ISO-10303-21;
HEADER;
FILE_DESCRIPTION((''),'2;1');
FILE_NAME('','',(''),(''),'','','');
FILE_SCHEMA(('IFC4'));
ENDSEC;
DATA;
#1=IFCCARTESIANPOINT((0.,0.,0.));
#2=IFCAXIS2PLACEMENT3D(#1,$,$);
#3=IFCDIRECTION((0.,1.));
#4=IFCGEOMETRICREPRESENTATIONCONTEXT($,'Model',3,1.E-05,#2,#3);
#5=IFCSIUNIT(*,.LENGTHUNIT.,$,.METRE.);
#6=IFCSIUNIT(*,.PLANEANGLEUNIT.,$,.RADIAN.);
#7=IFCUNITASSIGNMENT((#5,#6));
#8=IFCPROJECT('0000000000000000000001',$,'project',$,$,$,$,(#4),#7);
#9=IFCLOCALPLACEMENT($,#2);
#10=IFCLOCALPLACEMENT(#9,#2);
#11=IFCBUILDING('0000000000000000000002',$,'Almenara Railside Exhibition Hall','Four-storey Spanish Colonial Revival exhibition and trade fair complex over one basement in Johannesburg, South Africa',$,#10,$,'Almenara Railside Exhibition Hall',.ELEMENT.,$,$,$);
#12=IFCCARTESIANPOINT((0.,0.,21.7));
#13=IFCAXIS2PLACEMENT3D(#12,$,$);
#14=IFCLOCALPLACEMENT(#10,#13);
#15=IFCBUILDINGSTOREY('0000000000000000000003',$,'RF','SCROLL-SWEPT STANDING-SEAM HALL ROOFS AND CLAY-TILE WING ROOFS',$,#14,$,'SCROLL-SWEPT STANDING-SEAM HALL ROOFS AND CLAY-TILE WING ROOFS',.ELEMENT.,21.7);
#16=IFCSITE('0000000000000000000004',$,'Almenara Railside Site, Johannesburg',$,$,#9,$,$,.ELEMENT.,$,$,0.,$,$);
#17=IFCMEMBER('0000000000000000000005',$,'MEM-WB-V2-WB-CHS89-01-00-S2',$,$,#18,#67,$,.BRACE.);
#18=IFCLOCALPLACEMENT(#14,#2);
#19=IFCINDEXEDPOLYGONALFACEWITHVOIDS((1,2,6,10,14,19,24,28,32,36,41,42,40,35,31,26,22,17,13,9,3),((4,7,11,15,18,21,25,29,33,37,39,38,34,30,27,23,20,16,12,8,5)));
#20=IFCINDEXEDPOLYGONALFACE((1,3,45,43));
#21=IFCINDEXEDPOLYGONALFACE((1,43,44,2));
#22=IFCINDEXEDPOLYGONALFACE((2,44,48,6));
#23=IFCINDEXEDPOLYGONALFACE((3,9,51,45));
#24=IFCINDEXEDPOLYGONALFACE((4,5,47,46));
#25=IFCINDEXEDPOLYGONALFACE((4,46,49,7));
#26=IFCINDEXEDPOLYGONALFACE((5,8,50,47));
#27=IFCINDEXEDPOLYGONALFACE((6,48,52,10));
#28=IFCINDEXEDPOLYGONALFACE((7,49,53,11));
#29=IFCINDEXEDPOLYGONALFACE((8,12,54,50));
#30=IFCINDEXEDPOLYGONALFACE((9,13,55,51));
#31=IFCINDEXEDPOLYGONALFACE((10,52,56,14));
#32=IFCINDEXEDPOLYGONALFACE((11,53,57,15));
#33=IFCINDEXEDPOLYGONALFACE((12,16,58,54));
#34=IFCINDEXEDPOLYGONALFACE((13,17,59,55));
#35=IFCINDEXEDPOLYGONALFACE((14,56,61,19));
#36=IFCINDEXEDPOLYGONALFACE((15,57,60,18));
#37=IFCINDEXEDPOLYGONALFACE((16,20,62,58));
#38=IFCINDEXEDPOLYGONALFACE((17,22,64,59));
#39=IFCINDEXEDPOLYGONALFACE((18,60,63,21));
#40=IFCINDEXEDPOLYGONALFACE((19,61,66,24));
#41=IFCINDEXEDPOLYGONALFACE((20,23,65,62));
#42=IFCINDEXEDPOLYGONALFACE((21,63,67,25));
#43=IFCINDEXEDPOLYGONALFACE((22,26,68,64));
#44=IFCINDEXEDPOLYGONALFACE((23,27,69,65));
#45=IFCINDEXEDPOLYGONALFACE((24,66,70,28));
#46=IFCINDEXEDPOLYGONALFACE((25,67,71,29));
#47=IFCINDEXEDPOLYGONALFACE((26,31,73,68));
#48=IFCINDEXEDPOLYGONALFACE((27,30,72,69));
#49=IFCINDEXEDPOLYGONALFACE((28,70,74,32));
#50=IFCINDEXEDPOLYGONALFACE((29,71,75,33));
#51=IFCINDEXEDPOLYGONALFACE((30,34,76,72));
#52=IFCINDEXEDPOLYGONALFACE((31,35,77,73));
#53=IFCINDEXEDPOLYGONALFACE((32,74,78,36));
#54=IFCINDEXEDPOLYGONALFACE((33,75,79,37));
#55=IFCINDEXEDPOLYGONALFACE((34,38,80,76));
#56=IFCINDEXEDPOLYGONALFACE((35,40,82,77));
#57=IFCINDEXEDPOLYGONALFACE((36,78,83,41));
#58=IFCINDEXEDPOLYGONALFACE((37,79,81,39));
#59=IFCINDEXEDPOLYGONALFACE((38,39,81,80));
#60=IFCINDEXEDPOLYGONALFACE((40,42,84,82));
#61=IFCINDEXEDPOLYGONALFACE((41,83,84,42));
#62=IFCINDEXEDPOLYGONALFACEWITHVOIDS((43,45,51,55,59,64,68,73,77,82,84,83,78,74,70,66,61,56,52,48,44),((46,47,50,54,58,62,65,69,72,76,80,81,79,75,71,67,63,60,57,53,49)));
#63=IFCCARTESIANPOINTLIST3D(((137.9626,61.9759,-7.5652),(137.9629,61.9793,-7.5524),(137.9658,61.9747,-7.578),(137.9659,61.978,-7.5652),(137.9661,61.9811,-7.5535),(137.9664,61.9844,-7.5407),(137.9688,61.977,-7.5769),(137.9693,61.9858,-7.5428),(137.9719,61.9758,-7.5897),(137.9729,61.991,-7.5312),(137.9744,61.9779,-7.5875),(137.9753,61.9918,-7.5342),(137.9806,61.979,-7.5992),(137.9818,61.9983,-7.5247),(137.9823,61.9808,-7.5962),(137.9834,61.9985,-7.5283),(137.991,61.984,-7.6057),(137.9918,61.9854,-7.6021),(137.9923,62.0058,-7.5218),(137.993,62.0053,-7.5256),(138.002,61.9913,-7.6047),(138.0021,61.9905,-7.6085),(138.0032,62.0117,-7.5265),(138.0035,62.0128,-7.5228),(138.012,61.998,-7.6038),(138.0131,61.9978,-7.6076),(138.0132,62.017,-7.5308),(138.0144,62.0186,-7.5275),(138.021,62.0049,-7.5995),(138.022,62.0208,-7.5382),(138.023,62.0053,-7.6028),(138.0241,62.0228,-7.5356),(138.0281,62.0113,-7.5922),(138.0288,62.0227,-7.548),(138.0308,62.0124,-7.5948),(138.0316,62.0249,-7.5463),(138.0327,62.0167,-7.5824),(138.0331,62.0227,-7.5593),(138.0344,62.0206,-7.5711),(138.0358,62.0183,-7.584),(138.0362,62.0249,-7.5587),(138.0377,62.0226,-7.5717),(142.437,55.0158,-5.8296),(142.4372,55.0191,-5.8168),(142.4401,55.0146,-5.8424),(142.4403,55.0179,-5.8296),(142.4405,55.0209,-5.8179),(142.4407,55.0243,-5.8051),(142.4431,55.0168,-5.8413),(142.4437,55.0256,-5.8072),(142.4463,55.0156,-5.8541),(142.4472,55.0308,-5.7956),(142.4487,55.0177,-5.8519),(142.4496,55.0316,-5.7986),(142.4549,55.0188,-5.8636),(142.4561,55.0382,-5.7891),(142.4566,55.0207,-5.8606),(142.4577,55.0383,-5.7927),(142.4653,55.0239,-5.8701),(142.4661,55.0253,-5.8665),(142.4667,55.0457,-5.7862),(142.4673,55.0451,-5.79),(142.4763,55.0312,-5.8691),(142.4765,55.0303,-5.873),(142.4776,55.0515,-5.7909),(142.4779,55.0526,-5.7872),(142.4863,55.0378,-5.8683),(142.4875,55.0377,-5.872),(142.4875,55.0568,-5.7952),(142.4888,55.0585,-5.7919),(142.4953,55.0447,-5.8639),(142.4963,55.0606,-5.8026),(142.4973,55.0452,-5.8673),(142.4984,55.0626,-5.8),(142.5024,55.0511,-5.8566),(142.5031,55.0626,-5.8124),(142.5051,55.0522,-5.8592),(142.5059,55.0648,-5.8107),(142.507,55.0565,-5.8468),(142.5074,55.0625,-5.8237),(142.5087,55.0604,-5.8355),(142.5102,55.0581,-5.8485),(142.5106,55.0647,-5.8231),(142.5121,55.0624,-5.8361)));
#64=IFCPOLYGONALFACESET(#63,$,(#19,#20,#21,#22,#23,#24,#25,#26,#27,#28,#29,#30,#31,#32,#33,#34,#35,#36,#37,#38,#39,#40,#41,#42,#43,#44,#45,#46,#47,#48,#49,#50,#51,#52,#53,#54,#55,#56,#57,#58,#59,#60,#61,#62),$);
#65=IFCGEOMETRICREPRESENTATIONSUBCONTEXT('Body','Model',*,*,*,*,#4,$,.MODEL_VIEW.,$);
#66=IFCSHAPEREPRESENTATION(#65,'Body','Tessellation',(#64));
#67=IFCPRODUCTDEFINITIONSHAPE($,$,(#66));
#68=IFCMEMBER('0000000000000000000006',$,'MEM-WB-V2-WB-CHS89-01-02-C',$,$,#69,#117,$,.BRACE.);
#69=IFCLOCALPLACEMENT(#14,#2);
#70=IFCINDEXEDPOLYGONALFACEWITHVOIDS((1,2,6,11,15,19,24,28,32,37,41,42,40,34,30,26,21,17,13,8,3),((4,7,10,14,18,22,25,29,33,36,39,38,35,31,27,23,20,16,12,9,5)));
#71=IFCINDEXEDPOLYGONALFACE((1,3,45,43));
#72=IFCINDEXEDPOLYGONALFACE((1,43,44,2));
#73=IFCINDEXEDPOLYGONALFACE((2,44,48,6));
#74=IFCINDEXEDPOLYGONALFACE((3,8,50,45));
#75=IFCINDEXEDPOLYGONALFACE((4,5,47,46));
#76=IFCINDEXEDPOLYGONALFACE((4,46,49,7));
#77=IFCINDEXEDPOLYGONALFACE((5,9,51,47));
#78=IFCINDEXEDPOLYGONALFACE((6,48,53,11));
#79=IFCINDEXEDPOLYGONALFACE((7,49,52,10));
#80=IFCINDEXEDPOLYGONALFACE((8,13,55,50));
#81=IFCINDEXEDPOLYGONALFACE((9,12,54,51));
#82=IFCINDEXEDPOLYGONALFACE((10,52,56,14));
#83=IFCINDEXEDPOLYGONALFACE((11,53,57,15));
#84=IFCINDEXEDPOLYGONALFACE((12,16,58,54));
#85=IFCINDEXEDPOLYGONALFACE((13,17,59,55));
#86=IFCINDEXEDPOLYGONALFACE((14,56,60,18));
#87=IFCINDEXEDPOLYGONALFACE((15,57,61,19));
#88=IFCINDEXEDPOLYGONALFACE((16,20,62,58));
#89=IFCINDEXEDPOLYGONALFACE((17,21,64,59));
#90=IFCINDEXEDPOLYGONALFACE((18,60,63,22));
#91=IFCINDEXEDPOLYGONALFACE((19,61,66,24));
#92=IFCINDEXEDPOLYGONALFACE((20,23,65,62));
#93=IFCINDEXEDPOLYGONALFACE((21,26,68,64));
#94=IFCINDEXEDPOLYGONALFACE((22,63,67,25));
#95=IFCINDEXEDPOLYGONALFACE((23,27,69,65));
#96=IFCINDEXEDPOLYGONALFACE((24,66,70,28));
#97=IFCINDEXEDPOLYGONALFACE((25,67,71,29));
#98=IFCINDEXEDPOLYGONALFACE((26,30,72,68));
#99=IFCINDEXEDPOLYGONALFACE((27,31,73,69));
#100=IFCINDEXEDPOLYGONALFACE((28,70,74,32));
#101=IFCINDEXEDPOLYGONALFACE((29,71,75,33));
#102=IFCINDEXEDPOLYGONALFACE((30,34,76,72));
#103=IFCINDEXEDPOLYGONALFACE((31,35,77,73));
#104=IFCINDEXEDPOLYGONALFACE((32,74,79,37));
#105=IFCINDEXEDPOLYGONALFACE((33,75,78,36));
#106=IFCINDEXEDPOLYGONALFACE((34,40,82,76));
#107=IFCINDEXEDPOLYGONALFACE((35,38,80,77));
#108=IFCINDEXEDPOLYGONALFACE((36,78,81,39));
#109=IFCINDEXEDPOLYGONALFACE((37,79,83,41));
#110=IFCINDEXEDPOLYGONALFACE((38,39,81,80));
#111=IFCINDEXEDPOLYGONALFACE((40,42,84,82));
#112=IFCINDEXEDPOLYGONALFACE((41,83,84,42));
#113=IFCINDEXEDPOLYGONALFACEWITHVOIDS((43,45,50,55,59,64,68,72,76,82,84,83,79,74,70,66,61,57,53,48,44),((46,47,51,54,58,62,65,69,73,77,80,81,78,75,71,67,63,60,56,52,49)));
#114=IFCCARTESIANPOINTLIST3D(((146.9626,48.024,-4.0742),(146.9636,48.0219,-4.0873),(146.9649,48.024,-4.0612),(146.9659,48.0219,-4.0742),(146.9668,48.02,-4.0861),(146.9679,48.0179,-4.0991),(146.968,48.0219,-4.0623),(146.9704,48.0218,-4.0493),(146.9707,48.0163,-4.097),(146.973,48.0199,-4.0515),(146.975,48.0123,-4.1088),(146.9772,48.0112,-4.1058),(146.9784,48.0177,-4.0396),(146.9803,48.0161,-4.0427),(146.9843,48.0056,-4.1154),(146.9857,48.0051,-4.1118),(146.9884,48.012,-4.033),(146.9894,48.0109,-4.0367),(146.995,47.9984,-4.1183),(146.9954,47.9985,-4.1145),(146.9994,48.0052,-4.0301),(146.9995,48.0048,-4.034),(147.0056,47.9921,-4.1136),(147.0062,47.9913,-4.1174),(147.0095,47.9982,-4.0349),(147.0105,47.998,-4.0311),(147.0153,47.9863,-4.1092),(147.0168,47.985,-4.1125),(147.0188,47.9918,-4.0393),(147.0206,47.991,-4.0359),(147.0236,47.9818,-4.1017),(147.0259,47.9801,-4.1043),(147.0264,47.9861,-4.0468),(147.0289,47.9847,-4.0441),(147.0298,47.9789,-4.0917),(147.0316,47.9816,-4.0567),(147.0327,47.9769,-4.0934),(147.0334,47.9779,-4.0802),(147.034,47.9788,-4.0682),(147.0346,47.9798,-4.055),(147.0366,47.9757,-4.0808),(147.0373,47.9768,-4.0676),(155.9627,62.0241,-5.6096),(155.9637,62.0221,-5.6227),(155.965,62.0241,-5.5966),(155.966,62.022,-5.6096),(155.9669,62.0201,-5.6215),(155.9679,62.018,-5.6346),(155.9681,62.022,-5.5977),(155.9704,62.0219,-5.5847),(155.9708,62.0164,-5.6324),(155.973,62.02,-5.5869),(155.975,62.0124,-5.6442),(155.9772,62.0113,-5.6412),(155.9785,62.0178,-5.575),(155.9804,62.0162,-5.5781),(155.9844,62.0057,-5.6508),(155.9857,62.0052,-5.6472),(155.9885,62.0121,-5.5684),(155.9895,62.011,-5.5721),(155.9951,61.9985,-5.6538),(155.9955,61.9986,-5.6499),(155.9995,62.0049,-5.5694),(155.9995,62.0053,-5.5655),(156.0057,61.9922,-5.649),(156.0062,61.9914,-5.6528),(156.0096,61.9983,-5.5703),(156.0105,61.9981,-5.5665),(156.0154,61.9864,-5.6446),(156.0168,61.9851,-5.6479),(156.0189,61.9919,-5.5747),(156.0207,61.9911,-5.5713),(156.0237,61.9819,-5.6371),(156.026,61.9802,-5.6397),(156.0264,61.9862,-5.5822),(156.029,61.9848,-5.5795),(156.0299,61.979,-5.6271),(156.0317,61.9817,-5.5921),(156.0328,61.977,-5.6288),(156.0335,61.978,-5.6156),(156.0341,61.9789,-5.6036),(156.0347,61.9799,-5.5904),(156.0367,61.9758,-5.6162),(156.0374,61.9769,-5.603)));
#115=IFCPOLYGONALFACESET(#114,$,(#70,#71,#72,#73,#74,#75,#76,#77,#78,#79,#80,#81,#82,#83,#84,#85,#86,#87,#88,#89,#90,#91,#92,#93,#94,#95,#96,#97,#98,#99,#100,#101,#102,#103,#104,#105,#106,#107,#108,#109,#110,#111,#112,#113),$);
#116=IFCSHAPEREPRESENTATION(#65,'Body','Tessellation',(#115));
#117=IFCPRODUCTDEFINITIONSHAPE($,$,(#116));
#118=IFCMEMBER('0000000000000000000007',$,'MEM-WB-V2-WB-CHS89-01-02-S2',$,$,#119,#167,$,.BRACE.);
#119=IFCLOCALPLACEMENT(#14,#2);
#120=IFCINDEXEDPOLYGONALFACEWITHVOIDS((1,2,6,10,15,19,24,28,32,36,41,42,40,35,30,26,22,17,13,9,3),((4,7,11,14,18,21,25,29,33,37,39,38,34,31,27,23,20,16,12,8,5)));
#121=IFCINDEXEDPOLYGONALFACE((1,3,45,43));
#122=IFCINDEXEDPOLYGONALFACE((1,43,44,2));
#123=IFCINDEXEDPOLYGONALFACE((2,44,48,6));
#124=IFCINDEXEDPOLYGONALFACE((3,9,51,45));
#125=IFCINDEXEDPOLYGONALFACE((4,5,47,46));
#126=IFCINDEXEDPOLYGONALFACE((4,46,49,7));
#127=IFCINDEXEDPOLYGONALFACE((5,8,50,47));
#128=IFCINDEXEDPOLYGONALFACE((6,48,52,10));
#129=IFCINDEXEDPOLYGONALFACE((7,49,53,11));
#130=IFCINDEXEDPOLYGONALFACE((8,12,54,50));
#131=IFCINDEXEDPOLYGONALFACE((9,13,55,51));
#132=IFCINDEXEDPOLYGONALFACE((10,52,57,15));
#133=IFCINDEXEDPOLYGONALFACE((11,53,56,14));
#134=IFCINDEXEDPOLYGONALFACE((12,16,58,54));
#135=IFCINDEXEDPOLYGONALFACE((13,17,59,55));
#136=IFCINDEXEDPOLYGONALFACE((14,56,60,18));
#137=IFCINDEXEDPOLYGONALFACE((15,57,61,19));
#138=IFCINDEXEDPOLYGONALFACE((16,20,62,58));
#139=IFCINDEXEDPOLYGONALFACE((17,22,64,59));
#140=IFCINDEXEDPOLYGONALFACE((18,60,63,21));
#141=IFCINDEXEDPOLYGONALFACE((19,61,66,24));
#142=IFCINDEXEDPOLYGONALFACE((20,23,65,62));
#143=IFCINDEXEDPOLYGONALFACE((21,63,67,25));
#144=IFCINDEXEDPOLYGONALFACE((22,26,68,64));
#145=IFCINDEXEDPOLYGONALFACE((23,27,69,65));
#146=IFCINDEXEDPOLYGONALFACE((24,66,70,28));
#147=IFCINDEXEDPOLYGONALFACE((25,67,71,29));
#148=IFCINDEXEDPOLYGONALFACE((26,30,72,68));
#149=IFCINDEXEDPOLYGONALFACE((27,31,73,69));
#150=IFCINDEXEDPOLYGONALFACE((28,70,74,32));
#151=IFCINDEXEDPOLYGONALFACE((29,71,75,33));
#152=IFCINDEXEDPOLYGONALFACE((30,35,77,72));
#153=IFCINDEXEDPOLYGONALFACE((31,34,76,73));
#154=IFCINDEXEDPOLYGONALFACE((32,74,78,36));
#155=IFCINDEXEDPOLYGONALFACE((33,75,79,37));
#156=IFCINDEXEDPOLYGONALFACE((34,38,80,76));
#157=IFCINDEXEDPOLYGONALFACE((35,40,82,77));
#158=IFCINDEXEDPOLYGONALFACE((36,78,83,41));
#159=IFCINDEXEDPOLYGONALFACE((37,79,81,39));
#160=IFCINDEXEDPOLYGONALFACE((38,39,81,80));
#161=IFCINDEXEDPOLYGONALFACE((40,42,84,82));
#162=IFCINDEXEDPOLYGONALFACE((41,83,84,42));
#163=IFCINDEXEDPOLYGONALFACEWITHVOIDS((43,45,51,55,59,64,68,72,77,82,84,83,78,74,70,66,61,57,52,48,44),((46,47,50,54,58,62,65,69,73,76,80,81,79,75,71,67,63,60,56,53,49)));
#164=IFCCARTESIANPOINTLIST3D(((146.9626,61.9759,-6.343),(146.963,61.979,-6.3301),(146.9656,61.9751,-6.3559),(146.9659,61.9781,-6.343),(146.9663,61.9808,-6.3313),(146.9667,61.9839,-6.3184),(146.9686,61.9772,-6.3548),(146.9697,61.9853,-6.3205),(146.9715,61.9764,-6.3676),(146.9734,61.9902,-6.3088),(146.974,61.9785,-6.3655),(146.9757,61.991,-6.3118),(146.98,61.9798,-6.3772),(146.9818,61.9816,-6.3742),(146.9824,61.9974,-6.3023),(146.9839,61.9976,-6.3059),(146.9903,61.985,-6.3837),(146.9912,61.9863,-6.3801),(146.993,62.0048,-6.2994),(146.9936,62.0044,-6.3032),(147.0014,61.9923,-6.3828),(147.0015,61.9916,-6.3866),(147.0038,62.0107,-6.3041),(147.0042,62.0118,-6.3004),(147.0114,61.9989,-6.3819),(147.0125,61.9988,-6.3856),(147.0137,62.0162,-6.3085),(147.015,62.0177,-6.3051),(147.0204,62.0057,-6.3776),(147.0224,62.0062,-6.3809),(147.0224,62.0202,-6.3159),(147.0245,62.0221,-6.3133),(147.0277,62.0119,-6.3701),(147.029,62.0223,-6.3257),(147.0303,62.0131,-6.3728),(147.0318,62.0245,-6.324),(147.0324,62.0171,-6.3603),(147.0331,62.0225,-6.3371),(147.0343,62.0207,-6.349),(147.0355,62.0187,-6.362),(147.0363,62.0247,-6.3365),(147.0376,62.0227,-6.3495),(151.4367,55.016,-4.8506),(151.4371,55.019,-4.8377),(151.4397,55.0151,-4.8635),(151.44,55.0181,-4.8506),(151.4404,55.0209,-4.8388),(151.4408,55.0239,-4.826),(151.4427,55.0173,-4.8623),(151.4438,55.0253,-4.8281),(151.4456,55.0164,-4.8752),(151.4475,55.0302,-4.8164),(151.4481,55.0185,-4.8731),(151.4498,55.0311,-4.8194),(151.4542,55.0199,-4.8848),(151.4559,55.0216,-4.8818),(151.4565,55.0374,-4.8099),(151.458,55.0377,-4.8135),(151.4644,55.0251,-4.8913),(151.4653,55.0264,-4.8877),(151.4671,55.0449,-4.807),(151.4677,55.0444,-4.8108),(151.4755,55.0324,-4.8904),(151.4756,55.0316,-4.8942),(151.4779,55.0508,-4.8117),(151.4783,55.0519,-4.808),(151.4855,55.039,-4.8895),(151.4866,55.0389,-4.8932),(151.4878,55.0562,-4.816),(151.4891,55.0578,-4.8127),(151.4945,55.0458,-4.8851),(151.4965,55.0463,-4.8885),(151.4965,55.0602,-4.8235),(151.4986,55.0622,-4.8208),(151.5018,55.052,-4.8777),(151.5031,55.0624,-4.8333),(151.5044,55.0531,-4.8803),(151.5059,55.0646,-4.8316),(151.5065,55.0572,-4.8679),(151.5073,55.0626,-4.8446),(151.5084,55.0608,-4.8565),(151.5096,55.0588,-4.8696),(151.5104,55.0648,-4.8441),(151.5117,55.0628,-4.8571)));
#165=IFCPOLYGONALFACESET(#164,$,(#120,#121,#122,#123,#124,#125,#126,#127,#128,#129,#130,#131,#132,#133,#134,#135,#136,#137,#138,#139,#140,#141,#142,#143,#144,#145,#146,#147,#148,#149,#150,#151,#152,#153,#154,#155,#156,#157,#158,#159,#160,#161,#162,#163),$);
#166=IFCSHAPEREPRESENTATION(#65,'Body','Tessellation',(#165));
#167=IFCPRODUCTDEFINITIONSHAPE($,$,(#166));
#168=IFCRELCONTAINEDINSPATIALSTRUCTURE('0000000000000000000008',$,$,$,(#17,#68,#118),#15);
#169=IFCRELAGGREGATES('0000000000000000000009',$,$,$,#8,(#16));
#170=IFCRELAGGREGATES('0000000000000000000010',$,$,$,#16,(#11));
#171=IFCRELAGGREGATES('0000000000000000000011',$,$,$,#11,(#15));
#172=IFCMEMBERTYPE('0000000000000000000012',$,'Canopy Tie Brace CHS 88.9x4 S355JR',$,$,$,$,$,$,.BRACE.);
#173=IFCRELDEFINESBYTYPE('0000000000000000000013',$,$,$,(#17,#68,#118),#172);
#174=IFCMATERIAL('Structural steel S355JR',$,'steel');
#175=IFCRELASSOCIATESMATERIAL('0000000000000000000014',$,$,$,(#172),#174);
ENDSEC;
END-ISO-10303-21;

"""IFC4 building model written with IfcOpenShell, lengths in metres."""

from ifc_helpers import new_model, si_unit, direction, frame, origin, origin_2d, place, context, subcontext, project, spatial, hollow_circle, extrude, material, material_profile, profile_set, type_object, element, save


model = new_model("IFC4")

# Units and contexts
model_context = context("Model", 3, precision=1e-05, world=origin(), true_north=direction((0.0, 1.0)))
body_context = subcontext(model_context, "Body", "Model", "MODEL_VIEW")
ifc_project = project(units=[si_unit("LENGTHUNIT", "METRE"), si_unit("PLANEANGLEUNIT", "RADIAN")], contexts=[model_context])

# Site, building, storey
site_placement = place(None, origin())
site = spatial("IfcSite", under=ifc_project, at=site_placement, Name="Almenara Railside Site, Johannesburg", CompositionType="ELEMENT", RefElevation=0.0)
building_placement = place(site_placement, origin())
building = spatial("IfcBuilding", under=site, at=building_placement, Name="Almenara Railside Exhibition Hall", Description="Four-storey Spanish Colonial Revival exhibition and trade fair complex over one basement in Johannesburg, South Africa", LongName="Almenara Railside Exhibition Hall", CompositionType="ELEMENT")
storey_placement = place(building_placement, frame((0.0, 0.0, 21.7)))
storey = spatial("IfcBuildingStorey", under=building, at=storey_placement, Name="RF", Description="SCROLL-SWEPT STANDING-SEAM HALL ROOFS AND CLAY-TILE WING ROOFS", LongName="SCROLL-SWEPT STANDING-SEAM HALL ROOFS AND CLAY-TILE WING ROOFS", CompositionType="ELEMENT", Elevation=21.7)

# Members
ifc_material = material(Name="Structural steel S355JR", Category="steel")
ifc_material_profile_1 = material_profile(ifc_material, hollow_circle(Radius=0.0444, WallThickness=0.0039, at=origin_2d()), Name="CHS 88.9x4")
ifc_profile_set_1 = profile_set([ifc_material_profile_1], Name="Structural steel S355JR")
member_type_1 = type_object("IfcMemberType", Name="Canopy Tie Brace CHS 88.9x4 S355JR", PredefinedType="BRACE", material=ifc_profile_set_1)
for number, where, z_axis, x_axis, name in (
    (1, (142.4744, 55.0398, -5.8296), (-0.529236, 0.823265, -0.205289), (-0.841181, -0.540753, 0.0), "MEM-WB-V2-WB-CHS89-01-00-S2"),
):
    element("IfcMember", number, at=place(storey_placement, frame(where, z_axis=z_axis, x_axis=x_axis)), inside=storey, type_object=member_type_1, Name=name, PredefinedType="BRACE", context=body_context, shape_type="SweptSolid", body=[
        extrude(hollow_circle(Radius=0.0444, WallThickness=0.0039, at=origin_2d()), origin(), (0.0, 0.0, 1.0), 8.4543),
    ])
member_1_placement = place(storey_placement, frame((147.0, 48.0, -4.0742), z_axis=(0.538471, 0.837622, -0.091863), x_axis=(-0.841178, 0.540758, 0.0)))
element("IfcMember", 2, at=member_1_placement, inside=storey, type_object=member_type_1, Name="MEM-WB-V2-WB-CHS89-01-02-C", PredefinedType="BRACE", context=body_context, shape_type="SweptSolid", body=[
    extrude(hollow_circle(Radius=0.0444, WallThickness=0.0039, at=origin_2d()), origin(), (0.0, 0.0, 1.0), 16.7141),
])
member_2_placement = place(storey_placement, frame((151.4741, 55.04, -4.8506), z_axis=(-0.532158, 0.827827, -0.177512), x_axis=(-0.841186, -0.540746, 0.0)))
element("IfcMember", 3, at=member_2_placement, inside=storey, type_object=member_type_1, Name="MEM-WB-V2-WB-CHS89-01-02-S2", PredefinedType="BRACE", context=body_context, shape_type="SweptSolid", body=[
    extrude(hollow_circle(Radius=0.0444, WallThickness=0.0039, at=origin_2d()), origin(), (0.0, 0.0, 1.0), 8.4075),
])

save(model, "model.ifc")
